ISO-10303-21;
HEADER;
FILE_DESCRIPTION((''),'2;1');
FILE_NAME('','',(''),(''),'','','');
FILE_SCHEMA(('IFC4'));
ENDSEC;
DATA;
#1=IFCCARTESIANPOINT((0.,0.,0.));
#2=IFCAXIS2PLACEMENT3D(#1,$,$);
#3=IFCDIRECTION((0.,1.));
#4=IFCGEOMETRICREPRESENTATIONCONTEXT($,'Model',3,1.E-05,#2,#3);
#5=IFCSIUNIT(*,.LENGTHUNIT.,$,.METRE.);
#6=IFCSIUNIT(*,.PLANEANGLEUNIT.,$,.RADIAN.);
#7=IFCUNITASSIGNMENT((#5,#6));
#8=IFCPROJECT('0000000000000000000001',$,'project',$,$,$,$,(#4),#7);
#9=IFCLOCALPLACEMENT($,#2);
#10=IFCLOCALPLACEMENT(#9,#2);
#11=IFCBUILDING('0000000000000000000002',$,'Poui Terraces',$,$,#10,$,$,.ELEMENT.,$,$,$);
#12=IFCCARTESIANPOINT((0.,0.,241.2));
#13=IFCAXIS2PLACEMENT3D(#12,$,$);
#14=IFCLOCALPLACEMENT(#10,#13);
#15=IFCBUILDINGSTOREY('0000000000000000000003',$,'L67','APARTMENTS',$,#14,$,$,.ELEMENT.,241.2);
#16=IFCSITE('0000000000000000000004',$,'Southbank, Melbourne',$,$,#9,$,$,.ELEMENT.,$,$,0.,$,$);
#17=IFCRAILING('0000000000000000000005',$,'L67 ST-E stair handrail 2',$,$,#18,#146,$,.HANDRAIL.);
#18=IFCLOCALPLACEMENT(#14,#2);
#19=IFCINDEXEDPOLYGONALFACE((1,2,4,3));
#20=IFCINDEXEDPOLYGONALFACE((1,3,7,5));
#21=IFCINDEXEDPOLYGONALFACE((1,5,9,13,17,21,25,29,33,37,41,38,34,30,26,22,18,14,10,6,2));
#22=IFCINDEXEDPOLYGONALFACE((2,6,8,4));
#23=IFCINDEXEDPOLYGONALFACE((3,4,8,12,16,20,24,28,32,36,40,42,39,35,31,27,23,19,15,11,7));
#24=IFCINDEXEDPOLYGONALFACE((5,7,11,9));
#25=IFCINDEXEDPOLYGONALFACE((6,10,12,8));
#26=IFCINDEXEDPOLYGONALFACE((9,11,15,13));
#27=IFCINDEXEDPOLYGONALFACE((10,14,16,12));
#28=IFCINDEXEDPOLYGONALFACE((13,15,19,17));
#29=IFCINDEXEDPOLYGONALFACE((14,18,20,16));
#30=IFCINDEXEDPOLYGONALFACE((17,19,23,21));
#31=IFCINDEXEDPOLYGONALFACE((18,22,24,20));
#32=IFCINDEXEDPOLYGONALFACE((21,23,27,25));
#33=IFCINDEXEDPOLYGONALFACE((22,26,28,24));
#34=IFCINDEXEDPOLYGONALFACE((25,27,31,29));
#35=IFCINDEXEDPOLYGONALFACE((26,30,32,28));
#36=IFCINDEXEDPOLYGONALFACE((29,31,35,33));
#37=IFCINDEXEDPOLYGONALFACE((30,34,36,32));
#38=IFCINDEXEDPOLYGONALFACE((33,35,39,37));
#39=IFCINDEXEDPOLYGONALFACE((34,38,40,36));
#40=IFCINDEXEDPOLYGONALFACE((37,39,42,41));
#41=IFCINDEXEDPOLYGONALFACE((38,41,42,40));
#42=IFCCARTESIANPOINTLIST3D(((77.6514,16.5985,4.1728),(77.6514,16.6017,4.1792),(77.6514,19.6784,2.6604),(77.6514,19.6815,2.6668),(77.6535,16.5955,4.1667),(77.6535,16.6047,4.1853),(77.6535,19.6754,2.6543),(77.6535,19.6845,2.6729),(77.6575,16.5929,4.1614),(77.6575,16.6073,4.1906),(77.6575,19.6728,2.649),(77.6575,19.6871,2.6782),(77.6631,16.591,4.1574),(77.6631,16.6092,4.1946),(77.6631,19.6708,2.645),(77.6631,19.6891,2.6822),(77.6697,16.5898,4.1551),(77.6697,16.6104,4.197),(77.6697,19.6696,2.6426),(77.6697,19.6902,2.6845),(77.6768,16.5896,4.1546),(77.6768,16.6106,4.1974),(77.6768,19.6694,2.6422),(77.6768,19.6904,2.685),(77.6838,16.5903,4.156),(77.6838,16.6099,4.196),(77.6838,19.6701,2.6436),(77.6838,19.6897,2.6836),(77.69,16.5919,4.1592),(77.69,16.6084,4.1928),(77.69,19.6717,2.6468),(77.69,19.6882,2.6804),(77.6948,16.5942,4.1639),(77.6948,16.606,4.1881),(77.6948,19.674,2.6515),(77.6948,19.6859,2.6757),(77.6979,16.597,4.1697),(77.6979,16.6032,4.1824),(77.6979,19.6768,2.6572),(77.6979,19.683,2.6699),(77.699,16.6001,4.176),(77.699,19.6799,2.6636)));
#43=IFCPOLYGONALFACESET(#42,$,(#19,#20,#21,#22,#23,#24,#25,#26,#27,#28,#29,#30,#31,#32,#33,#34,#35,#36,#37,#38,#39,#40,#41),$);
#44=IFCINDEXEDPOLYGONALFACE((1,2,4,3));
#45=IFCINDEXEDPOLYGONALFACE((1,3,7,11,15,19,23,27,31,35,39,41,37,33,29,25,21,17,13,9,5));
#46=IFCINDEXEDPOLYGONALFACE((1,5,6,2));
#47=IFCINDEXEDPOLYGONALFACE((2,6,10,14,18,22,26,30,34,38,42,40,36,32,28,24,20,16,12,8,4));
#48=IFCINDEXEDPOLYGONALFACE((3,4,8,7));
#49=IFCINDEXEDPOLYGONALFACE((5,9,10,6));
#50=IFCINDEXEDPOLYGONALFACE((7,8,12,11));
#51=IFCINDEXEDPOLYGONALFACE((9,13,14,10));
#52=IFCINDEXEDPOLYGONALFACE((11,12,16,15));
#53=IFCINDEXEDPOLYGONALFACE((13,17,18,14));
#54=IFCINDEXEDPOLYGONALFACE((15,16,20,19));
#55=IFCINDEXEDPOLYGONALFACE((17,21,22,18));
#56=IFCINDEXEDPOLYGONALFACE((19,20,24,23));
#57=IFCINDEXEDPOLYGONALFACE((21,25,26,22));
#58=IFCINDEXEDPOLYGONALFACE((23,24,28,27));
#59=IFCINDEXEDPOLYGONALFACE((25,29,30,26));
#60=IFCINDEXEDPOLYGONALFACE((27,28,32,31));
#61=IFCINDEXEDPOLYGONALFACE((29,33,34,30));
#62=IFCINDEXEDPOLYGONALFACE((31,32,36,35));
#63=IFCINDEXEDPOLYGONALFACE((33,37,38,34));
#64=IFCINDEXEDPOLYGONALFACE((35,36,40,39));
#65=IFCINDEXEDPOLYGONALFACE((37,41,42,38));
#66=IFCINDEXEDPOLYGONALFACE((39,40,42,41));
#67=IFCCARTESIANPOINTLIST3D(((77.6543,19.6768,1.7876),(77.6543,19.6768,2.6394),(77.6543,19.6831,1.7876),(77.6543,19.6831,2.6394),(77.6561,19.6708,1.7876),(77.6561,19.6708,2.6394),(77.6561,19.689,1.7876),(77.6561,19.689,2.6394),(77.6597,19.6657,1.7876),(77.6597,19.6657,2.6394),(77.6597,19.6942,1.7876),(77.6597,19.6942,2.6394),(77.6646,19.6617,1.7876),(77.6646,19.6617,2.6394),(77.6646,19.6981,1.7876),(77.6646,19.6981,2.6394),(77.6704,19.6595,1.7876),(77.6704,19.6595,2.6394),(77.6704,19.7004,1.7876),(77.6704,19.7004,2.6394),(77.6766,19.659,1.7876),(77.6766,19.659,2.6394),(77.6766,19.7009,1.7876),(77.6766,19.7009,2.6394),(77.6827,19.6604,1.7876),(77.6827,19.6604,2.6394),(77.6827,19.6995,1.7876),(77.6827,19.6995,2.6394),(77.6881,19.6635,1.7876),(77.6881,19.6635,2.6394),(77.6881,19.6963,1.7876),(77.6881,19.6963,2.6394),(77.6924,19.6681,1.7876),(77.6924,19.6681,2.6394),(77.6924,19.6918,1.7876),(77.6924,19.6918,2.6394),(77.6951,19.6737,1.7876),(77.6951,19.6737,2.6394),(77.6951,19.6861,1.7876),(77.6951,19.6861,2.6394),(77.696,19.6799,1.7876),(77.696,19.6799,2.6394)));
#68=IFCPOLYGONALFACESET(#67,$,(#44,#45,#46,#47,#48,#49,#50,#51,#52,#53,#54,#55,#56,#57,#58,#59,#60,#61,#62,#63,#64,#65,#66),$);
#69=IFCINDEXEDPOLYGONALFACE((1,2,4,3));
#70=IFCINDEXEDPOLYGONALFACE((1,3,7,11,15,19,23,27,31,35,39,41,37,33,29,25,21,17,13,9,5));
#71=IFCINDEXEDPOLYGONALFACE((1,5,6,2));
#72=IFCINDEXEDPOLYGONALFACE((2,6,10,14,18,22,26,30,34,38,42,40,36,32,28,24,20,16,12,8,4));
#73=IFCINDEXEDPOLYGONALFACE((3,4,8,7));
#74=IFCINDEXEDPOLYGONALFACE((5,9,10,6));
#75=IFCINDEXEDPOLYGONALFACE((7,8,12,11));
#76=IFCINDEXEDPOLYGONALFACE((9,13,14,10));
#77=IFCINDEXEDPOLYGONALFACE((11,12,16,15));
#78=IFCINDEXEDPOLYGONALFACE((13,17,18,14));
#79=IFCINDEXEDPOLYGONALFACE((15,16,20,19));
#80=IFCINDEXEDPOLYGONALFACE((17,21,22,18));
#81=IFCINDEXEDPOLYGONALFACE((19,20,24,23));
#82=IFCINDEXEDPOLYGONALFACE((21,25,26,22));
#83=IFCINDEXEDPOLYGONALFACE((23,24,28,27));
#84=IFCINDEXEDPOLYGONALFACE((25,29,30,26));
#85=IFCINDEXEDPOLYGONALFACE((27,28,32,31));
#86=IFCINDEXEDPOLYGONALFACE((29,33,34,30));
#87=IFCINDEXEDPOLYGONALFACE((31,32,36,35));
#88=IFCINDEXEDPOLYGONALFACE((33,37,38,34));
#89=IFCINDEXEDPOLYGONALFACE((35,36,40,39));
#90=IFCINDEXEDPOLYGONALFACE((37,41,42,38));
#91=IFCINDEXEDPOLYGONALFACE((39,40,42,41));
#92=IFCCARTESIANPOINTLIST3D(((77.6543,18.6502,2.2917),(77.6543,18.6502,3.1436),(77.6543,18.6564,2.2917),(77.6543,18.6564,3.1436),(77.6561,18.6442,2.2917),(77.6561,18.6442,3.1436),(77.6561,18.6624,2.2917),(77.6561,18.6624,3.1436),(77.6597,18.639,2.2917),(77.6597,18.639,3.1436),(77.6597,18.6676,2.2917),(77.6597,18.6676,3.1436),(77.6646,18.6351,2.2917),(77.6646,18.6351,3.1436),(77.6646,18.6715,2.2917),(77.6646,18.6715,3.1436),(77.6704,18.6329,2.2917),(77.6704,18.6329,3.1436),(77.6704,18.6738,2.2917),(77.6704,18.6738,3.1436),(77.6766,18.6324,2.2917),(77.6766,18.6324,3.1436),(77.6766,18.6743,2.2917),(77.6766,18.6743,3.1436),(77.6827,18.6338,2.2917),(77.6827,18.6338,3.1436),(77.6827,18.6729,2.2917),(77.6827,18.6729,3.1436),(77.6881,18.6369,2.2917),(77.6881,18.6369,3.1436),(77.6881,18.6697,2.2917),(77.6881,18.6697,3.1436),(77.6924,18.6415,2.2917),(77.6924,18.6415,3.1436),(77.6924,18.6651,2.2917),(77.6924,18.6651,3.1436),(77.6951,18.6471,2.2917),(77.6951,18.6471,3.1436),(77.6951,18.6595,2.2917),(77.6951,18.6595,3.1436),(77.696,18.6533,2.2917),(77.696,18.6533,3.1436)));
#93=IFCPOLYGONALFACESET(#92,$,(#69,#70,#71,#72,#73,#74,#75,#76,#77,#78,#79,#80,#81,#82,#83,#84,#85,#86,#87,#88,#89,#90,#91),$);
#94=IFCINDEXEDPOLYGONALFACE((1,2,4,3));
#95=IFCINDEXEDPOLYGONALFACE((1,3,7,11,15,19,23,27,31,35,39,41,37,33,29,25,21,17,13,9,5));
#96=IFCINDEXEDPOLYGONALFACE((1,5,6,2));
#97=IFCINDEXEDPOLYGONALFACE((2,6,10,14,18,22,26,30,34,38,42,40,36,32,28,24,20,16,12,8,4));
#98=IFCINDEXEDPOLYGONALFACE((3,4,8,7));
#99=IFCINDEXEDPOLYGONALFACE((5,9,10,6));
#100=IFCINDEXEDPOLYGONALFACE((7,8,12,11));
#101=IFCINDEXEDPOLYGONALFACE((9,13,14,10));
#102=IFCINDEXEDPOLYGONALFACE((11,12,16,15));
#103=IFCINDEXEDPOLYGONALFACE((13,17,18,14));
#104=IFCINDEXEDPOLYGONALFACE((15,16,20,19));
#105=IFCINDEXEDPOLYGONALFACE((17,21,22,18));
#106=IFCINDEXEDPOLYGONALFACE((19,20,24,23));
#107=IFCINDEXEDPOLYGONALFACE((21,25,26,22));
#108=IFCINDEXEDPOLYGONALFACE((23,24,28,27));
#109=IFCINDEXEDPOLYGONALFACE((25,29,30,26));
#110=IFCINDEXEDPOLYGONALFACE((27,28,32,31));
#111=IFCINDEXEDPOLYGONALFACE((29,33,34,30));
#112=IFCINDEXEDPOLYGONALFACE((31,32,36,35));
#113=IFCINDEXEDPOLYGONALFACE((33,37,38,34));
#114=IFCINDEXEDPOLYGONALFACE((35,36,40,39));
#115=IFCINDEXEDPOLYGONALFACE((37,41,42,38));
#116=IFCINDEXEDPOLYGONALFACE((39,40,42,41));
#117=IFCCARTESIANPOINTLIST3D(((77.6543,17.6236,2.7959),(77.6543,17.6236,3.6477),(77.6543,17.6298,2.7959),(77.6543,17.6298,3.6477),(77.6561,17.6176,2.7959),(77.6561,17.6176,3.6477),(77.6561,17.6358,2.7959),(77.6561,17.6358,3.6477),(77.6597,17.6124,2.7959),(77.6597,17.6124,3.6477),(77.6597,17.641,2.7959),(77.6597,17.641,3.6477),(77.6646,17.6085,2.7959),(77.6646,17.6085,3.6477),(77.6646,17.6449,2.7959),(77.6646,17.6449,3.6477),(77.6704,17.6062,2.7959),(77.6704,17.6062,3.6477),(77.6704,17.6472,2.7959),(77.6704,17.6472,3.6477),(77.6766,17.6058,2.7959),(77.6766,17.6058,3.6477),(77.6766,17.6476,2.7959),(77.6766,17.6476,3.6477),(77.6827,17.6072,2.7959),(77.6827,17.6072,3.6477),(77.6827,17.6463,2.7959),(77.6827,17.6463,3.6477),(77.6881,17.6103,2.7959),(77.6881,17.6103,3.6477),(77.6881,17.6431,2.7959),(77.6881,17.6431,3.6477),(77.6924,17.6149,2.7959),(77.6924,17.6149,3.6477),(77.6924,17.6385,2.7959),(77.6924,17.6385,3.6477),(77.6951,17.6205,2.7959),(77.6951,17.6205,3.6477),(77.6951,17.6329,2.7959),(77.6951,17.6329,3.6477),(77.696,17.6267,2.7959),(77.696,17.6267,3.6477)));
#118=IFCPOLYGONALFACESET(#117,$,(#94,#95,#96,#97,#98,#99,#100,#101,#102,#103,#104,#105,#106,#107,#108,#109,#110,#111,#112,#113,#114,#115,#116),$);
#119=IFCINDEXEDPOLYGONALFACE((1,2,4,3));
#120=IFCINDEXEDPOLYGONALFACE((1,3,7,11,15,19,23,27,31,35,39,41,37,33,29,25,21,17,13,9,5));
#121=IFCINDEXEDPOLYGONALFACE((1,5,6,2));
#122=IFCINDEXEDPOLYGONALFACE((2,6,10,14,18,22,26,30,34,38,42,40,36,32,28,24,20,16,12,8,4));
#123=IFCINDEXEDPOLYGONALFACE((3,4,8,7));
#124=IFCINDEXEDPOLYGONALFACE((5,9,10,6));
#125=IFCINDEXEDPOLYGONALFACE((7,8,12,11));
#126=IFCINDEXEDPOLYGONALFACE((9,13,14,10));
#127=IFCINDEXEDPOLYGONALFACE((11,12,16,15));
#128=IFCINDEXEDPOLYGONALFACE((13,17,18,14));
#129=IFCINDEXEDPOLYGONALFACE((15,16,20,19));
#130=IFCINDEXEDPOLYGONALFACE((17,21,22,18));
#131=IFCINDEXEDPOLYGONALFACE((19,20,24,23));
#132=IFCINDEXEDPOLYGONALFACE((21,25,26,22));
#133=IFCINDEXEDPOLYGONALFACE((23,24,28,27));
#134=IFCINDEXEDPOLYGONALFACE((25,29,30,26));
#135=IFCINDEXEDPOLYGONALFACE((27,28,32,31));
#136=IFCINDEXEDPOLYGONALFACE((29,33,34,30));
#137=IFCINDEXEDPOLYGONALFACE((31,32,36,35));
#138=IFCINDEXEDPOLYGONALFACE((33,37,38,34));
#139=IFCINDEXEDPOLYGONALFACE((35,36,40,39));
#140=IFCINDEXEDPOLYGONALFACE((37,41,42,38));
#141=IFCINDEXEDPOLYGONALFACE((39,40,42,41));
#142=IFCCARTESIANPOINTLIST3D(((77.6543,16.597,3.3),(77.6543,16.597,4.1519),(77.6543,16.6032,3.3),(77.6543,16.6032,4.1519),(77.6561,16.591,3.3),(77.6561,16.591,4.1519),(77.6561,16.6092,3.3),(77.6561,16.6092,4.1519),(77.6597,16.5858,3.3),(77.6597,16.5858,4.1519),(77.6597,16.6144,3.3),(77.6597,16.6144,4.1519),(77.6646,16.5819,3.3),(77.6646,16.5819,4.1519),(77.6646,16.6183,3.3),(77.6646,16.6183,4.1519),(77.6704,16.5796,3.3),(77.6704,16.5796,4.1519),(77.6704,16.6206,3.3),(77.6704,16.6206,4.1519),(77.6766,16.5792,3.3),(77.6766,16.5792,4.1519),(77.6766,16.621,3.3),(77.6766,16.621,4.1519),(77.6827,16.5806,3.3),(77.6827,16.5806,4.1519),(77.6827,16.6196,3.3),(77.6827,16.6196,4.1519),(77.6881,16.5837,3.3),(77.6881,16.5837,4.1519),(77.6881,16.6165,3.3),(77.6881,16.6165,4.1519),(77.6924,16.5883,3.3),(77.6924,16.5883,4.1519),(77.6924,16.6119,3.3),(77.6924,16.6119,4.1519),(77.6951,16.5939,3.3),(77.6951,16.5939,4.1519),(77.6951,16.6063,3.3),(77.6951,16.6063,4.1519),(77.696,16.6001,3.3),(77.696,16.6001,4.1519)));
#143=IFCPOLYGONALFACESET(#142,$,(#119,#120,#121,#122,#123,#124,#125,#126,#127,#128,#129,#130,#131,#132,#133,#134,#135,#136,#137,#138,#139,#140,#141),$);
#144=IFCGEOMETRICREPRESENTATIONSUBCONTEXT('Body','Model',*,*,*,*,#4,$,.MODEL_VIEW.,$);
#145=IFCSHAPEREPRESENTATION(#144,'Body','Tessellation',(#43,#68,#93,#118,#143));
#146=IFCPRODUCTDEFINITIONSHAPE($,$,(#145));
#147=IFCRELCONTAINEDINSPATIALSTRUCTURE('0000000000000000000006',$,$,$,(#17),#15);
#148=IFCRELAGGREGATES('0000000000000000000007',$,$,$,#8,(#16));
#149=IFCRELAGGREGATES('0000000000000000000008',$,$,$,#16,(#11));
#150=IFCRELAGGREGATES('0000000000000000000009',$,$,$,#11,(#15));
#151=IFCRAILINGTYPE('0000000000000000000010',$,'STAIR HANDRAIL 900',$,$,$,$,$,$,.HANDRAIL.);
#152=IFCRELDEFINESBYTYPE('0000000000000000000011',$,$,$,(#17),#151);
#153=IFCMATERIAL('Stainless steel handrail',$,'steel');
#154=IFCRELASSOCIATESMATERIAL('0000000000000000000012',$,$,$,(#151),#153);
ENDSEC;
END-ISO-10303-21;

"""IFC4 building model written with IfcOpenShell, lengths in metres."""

from ifc_helpers import new_model, si_unit, direction, frame, origin, origin_2d, place, context, subcontext, project, spatial, circle, extrude, material, type_object, element, save


model = new_model("IFC4")

# Units and contexts
model_context = context("Model", 3, precision=1e-05, world=origin(), true_north=direction((0.0, 1.0)))
body_context = subcontext(model_context, "Body", "Model", "MODEL_VIEW")
ifc_project = project(units=[si_unit("LENGTHUNIT", "METRE"), si_unit("PLANEANGLEUNIT", "RADIAN")], contexts=[model_context])

# Site, building, storey
site_placement = place(None, origin())
site = spatial("IfcSite", under=ifc_project, at=site_placement, Name="Southbank, Melbourne", CompositionType="ELEMENT", RefElevation=0.0)
building_placement = place(site_placement, origin())
building = spatial("IfcBuilding", under=site, at=building_placement, Name="Poui Terraces", CompositionType="ELEMENT")
storey_placement = place(building_placement, frame((0.0, 0.0, 241.2)))
storey = spatial("IfcBuildingStorey", under=building, at=storey_placement, Name="L67", Description="APARTMENTS", CompositionType="ELEMENT", Elevation=241.2)

# Railing
ifc_material_1 = material(Name="Stainless steel handrail", Category="steel")
railing_type_1 = type_object("IfcRailingType", Name="STAIR HANDRAIL 900", PredefinedType="HANDRAIL", material=ifc_material_1)
railing_1_placement = place(storey_placement, frame((77.675, 19.6799, 1.7876)))
element("IfcRailing", 1, at=railing_1_placement, inside=storey, type_object=railing_type_1, Name="L67 ST-E stair handrail 2", PredefinedType="HANDRAIL", context=body_context, shape_type="SweptSolid", body=[
    extrude(circle(Radius=0.0239, at=origin_2d()), frame((0.0, 0.0, 0.876), z_axis=(0.0, -0.897606, 0.440798), x_axis=(1.0, 0.0, 0.0)), (0.0, 0.0, 1.0), 3.4312),
    extrude(circle(Radius=0.021, at=origin_2d()), origin(), (0.0, 0.0, 1.0), 0.8518),
    extrude(circle(Radius=0.021, at=origin_2d()), frame((0.0, -1.0266, 0.5042)), (0.0, 0.0, 1.0), 0.8518),
    extrude(circle(Radius=0.021, at=origin_2d()), frame((0.0, -2.0532, 1.0083)), (0.0, 0.0, 1.0), 0.8518),
    extrude(circle(Radius=0.021, at=origin_2d()), frame((0.0, -3.0798, 1.5125)), (0.0, 0.0, 1.0), 0.8518),
])

save(model, "model.ifc")
